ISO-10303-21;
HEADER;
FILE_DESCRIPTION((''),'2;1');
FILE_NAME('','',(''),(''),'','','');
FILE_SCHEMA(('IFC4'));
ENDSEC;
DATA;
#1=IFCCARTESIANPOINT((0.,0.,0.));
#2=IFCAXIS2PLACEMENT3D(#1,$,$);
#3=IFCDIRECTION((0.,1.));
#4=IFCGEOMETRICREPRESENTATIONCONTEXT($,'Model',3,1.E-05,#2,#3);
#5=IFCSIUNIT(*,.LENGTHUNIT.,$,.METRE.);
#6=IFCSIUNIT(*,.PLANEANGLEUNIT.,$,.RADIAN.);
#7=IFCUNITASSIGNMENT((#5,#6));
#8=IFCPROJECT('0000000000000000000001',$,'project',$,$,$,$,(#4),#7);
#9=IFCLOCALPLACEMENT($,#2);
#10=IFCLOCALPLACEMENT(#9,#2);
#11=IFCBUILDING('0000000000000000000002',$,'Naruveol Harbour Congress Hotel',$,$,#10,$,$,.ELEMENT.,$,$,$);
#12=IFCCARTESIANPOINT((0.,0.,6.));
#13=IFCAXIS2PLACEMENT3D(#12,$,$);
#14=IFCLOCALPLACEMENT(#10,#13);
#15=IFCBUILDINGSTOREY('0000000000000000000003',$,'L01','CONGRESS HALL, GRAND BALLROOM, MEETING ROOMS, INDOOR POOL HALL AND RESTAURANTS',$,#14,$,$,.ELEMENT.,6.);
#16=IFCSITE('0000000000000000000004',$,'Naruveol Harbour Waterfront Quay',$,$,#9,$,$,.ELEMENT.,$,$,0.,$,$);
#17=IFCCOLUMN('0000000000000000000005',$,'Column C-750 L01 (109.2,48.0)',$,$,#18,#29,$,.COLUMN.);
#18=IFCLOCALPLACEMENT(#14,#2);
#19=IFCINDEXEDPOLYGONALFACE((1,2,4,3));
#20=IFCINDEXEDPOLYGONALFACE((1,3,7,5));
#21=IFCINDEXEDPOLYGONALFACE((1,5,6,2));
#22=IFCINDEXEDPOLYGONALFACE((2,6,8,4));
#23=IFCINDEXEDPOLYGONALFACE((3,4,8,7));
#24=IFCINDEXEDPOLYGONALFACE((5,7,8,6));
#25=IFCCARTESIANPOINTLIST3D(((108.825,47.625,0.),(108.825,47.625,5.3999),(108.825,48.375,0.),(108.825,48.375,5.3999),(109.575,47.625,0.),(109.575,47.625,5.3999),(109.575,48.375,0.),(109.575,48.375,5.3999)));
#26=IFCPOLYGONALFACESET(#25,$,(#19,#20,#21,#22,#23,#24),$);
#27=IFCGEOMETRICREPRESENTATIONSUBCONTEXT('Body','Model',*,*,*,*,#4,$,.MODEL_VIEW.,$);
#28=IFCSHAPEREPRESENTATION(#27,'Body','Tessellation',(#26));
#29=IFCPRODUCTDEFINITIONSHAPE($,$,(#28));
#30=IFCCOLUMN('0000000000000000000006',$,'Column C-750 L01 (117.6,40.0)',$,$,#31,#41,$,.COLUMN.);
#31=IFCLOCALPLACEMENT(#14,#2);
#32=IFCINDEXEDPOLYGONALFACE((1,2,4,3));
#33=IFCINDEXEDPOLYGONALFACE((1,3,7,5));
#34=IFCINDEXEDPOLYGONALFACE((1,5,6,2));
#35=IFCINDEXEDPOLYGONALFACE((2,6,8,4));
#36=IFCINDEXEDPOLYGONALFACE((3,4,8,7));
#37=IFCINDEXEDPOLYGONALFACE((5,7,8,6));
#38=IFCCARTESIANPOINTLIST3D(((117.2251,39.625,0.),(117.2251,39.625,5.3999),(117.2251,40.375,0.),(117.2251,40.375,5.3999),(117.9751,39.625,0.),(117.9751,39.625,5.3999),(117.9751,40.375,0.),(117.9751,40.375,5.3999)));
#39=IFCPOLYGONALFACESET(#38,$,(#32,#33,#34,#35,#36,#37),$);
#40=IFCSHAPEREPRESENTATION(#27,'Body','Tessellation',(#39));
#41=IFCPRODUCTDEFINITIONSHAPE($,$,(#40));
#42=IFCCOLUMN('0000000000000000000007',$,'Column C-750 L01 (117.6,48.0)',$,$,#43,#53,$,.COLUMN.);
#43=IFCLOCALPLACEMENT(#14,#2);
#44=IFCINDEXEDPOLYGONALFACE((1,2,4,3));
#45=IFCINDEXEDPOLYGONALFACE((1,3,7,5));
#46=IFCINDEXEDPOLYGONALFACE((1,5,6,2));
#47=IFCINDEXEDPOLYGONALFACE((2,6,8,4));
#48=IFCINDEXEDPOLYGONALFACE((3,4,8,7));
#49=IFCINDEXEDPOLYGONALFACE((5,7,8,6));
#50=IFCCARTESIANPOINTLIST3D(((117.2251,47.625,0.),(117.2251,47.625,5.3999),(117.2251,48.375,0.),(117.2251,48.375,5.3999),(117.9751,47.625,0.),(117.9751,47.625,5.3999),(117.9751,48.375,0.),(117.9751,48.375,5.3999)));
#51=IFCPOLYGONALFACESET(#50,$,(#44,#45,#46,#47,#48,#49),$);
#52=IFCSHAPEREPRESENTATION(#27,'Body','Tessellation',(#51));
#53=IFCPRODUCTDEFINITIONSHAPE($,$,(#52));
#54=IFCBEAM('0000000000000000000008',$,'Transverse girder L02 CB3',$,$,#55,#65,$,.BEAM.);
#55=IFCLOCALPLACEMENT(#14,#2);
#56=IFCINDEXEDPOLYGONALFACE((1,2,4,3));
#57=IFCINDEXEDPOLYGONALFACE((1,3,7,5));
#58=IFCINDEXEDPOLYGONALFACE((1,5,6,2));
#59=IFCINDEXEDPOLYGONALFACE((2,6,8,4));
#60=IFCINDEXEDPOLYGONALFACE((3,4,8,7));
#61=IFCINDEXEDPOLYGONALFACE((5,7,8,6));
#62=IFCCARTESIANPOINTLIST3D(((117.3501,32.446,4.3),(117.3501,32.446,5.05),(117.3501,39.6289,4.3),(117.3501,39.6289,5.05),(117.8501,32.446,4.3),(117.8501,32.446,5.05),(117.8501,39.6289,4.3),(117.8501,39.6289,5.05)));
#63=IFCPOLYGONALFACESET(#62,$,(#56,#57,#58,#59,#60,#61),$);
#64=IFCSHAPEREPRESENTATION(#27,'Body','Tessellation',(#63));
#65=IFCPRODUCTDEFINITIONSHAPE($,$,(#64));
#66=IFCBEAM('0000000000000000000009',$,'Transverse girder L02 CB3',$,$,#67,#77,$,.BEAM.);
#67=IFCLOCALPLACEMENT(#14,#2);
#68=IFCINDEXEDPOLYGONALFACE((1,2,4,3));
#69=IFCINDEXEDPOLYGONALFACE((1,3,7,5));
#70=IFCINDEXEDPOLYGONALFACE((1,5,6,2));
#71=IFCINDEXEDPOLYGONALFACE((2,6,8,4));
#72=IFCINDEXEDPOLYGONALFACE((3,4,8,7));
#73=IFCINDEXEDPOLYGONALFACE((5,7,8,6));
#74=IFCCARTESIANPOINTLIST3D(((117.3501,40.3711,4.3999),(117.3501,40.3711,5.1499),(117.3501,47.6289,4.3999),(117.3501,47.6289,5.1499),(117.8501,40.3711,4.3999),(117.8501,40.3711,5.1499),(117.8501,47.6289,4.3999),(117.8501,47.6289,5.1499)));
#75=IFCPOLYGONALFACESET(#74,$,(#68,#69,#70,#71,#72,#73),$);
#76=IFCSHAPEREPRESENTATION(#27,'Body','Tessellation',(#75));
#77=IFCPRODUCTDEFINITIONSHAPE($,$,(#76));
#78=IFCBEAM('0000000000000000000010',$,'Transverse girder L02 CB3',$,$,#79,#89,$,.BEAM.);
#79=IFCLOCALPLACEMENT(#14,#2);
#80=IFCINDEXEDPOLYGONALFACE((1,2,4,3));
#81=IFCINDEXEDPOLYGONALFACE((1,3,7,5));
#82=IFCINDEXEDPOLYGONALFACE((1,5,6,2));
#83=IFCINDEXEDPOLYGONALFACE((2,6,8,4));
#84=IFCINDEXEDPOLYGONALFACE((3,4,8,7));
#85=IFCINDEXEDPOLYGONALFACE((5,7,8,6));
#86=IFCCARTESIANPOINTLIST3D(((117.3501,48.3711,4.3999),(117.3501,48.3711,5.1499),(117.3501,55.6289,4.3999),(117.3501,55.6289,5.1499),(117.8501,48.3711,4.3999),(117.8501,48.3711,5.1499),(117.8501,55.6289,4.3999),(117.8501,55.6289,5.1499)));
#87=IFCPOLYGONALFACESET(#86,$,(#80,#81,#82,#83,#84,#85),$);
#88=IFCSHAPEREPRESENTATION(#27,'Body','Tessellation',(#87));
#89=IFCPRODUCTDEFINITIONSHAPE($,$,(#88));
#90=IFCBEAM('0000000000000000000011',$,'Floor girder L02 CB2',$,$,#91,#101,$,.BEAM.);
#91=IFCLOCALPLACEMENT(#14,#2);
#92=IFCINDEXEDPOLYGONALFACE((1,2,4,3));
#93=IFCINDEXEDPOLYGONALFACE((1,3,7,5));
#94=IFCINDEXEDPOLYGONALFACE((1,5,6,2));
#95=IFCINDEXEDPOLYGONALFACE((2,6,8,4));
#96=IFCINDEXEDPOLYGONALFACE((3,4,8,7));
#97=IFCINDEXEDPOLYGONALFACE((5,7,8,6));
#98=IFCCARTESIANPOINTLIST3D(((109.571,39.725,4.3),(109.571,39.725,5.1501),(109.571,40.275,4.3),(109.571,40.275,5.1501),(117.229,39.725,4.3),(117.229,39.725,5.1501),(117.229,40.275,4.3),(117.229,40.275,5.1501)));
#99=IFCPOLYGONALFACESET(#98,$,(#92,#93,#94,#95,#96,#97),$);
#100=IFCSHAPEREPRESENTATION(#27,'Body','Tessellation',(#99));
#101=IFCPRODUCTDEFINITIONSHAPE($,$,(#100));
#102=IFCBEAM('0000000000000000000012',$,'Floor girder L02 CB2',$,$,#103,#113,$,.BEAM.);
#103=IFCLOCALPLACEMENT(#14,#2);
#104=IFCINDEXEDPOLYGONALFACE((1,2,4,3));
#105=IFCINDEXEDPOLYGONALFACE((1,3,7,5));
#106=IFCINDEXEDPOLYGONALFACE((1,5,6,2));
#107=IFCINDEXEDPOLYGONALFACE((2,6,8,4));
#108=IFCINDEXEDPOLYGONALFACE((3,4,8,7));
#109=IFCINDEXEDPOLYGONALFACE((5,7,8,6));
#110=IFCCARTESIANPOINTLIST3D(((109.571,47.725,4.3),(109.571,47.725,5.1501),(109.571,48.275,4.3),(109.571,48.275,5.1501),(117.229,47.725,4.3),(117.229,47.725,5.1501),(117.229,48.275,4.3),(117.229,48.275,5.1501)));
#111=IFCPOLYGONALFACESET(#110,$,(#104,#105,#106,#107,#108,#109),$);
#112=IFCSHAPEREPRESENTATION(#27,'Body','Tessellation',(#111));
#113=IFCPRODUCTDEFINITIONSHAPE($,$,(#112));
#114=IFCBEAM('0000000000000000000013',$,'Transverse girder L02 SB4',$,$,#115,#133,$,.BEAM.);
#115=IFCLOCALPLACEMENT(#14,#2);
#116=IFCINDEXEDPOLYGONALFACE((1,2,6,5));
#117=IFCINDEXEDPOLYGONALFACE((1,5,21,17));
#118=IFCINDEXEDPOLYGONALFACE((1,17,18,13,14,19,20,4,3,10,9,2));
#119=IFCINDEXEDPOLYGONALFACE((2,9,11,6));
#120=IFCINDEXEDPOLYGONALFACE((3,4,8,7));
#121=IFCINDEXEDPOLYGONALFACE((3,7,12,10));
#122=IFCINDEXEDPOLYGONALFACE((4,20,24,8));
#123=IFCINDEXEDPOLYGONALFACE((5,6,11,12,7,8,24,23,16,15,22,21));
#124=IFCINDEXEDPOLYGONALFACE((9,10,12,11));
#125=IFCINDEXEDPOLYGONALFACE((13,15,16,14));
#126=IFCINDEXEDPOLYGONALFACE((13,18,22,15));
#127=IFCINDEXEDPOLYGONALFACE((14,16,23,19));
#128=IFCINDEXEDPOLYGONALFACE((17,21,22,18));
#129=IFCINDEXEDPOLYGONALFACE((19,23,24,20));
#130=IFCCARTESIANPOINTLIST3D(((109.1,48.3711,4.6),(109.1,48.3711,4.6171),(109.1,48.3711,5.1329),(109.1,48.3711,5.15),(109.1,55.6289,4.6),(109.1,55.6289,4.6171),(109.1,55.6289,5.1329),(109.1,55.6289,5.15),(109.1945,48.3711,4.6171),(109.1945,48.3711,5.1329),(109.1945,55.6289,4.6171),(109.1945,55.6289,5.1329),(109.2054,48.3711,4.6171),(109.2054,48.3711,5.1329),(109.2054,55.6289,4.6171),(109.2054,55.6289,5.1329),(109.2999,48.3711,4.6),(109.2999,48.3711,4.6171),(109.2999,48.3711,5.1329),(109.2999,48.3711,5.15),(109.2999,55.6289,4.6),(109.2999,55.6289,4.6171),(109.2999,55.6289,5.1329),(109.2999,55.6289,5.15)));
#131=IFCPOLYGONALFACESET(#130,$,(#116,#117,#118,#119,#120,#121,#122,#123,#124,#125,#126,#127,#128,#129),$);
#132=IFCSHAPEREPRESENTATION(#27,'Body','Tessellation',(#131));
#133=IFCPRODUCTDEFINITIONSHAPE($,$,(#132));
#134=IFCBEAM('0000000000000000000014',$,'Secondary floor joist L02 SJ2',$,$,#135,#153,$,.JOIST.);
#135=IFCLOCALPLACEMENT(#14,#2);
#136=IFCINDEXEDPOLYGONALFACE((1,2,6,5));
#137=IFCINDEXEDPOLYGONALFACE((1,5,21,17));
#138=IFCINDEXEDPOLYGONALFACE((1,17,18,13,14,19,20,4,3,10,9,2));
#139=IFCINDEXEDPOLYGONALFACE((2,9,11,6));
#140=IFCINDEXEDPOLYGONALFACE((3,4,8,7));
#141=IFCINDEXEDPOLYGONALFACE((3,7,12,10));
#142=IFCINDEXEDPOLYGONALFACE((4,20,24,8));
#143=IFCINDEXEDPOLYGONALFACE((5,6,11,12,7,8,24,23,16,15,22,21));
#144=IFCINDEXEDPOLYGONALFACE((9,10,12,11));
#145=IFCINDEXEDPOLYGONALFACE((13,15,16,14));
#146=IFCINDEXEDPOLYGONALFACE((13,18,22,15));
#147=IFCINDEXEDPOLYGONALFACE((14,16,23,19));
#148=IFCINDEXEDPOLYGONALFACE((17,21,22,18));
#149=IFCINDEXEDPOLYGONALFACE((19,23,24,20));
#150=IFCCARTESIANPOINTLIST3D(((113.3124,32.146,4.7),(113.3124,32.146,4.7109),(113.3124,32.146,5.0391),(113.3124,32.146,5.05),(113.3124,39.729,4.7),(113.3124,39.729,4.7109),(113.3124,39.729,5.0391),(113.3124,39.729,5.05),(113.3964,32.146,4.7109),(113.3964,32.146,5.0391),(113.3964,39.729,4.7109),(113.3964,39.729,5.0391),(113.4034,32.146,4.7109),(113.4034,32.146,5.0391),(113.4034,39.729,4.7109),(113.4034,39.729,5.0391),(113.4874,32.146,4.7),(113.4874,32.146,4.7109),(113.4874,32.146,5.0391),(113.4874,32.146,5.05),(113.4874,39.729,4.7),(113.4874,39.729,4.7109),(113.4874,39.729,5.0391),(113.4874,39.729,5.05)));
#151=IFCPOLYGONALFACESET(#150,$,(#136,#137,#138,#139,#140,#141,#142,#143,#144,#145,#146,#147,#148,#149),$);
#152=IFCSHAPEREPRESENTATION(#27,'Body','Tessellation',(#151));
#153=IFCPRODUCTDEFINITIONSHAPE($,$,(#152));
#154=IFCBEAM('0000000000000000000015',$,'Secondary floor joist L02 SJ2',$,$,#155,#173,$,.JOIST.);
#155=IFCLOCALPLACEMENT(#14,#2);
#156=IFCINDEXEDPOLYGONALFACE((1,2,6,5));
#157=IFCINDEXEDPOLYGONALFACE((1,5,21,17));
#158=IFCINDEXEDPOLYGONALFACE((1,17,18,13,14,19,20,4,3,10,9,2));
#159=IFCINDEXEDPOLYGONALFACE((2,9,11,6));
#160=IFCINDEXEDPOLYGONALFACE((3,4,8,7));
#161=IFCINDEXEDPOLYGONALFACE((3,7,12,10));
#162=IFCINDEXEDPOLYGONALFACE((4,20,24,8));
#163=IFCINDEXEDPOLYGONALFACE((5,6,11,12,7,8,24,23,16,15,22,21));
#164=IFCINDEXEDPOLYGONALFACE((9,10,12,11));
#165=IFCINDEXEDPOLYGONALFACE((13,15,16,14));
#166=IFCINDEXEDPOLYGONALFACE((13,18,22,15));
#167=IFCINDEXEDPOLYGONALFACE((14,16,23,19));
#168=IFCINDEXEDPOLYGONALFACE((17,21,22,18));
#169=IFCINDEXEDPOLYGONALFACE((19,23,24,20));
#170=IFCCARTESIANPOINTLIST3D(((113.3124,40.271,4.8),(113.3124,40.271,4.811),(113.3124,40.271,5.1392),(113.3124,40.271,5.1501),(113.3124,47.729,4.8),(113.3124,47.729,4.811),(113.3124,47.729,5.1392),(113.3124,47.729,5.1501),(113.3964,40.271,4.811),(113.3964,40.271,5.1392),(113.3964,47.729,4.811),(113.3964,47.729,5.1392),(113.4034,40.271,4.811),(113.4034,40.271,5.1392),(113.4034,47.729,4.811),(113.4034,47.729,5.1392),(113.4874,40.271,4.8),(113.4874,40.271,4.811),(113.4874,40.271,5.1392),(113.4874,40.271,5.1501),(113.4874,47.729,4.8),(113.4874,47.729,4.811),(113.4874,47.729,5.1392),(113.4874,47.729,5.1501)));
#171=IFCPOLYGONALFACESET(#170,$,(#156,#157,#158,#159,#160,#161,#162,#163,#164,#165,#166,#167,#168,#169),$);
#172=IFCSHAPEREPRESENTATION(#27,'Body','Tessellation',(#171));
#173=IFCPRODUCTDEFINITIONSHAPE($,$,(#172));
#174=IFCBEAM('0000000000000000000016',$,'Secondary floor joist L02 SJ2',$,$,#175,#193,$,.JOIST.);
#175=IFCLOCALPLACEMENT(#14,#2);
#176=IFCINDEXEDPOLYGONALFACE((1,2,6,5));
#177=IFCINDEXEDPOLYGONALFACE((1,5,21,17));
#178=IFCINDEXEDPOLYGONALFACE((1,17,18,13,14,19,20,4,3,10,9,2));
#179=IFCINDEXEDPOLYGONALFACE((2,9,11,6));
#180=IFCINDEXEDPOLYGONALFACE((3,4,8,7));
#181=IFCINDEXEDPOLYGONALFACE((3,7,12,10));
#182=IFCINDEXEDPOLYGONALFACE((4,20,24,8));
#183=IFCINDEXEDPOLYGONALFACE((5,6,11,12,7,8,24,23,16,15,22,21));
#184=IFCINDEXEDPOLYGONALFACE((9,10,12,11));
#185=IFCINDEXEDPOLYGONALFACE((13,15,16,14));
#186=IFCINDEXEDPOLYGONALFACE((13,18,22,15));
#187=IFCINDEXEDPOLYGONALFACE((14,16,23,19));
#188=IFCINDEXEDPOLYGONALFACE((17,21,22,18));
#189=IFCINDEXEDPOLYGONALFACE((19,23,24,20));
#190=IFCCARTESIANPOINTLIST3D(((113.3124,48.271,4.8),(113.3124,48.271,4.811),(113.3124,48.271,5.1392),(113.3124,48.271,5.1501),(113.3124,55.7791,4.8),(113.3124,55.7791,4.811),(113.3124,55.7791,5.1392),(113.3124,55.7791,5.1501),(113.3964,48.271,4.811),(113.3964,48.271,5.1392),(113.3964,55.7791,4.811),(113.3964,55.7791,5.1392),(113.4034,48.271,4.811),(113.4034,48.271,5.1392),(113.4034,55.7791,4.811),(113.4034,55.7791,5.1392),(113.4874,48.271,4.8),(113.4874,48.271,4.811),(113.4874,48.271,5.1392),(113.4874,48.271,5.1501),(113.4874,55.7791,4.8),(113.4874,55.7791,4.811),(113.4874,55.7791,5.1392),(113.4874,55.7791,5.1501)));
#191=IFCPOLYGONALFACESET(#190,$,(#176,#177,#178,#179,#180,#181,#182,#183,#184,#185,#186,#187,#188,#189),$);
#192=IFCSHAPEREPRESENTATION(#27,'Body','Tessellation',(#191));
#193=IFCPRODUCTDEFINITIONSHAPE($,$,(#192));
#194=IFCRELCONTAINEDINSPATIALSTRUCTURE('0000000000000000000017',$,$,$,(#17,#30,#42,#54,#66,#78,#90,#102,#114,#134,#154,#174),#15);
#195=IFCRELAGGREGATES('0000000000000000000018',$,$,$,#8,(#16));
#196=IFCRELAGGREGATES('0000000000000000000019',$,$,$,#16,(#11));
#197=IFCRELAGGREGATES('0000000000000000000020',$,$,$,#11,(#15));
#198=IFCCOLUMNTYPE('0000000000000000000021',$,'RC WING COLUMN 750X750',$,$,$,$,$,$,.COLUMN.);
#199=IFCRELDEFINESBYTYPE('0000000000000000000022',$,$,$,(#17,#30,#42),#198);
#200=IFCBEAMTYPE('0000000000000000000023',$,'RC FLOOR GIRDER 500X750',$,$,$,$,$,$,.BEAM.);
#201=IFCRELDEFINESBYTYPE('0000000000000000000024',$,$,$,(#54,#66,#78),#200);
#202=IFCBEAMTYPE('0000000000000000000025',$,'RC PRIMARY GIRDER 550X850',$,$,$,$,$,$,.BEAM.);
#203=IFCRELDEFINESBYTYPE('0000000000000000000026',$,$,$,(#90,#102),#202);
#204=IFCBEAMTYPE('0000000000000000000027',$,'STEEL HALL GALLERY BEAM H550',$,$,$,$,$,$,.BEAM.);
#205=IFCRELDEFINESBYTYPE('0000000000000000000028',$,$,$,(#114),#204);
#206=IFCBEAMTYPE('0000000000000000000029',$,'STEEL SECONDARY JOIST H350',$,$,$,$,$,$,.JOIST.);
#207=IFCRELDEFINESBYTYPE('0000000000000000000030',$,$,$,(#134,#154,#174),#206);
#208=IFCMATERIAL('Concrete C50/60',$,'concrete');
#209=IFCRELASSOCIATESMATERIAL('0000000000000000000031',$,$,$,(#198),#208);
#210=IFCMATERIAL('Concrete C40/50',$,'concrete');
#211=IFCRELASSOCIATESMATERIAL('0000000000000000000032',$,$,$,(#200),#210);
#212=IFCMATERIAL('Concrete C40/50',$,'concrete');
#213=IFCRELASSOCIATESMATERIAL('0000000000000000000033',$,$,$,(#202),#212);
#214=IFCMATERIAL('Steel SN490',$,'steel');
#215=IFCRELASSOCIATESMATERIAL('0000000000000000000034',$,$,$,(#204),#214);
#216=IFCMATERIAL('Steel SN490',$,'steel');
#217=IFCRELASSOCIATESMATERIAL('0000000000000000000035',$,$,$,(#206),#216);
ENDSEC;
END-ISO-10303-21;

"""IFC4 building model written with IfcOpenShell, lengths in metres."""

from ifc_helpers import new_model, si_unit, direction, frame, origin, origin_2d, place, context, subcontext, project, spatial, rectangle, i_section, extrude, material, material_profile, profile_set, type_object, element, save


model = new_model("IFC4")

# Units and contexts
model_context = context("Model", 3, precision=1e-05, world=origin(), true_north=direction((0.0, 1.0)))
body_context = subcontext(model_context, "Body", "Model", "MODEL_VIEW")
ifc_project = project(units=[si_unit("LENGTHUNIT", "METRE"), si_unit("PLANEANGLEUNIT", "RADIAN")], contexts=[model_context])

# Site, building, storey
site_placement = place(None, origin())
site = spatial("IfcSite", under=ifc_project, at=site_placement, Name="Naruveol Harbour Waterfront Quay", CompositionType="ELEMENT", RefElevation=0.0)
building_placement = place(site_placement, origin())
building = spatial("IfcBuilding", under=site, at=building_placement, Name="Naruveol Harbour Congress Hotel", CompositionType="ELEMENT")
storey_placement = place(building_placement, frame((0.0, 0.0, 6.0)))
storey = spatial("IfcBuildingStorey", under=building, at=storey_placement, Name="L01", Description="CONGRESS HALL, GRAND BALLROOM, MEETING ROOMS, INDOOR POOL HALL AND RESTAURANTS", CompositionType="ELEMENT", Elevation=6.0)

# Columns
ifc_material_1 = material(Name="Concrete C50/60", Category="concrete")
ifc_material_profile_1 = material_profile(ifc_material_1, rectangle(XDim=0.75, YDim=0.75, at=origin_2d()), Name="RC-750x750")
ifc_profile_set_1 = profile_set([ifc_material_profile_1], Name="Concrete C50/60")
column_type = type_object("IfcColumnType", Name="RC WING COLUMN 750X750", PredefinedType="COLUMN", material=ifc_profile_set_1)
for number, where, z_axis, x_axis, name in (
    (1, (109.2, 48.0, 0.0), (0.0, 0.0, 1.0), (1.0, 0.0, 0.0), "Column C-750 L01 (109.2,48.0)"),
    (2, (117.6001, 40.0, 0.0), (0.0, 0.0, 1.0), (1.0, 0.0, 0.0), "Column C-750 L01 (117.6,40.0)"),
    (3, (117.6001, 48.0, 0.0), (0.0, 0.0, 1.0), (1.0, 0.0, 0.0), "Column C-750 L01 (117.6,48.0)"),
):
    element("IfcColumn", number, at=place(storey_placement, frame(where, z_axis=z_axis, x_axis=x_axis)), inside=storey, type_object=column_type, Name=name, PredefinedType="COLUMN", context=body_context, shape_type="SweptSolid", body=[
        extrude(rectangle(XDim=0.75, YDim=0.75, at=origin_2d()), origin(), (0.0, 0.0, 1.0), 5.3999),
    ])

# Beams
ifc_material_2 = material(Name="Concrete C40/50", Category="concrete")
ifc_material_profile_2 = material_profile(ifc_material_2, rectangle(XDim=0.5, YDim=0.75, at=origin_2d()), Name="RCB-500x750")
ifc_profile_set_2 = profile_set([ifc_material_profile_2], Name="Concrete C40/50")
beam_type_1 = type_object("IfcBeamType", Name="RC FLOOR GIRDER 500X750", PredefinedType="BEAM", material=ifc_profile_set_2)
beam_1_placement = place(storey_placement, frame((117.6001, 32.446, 4.675), z_axis=(0.0, 1.0, 0.0), x_axis=(-1.0, 0.0, 0.0)))
element("IfcBeam", 4, at=beam_1_placement, inside=storey, type_object=beam_type_1, Name="Transverse girder L02 CB3", PredefinedType="BEAM", context=body_context, shape_type="SweptSolid", body=[
    extrude(rectangle(XDim=0.5, YDim=0.75, at=origin_2d()), origin(), (0.0, 0.0, 1.0), 7.1829),
])
for number, where, z_axis, x_axis, name in (
    (5, (117.6001, 40.3711, 4.7749), (0.0, 1.0, 0.0), (-1.0, 0.0, 0.0), "Transverse girder L02 CB3"),
    (6, (117.6001, 48.3711, 4.7749), (0.0, 1.0, 0.0), (-1.0, 0.0, 0.0), "Transverse girder L02 CB3"),
):
    element("IfcBeam", number, at=place(storey_placement, frame(where, z_axis=z_axis, x_axis=x_axis)), inside=storey, type_object=beam_type_1, Name=name, PredefinedType="BEAM", context=body_context, shape_type="SweptSolid", body=[
        extrude(rectangle(XDim=0.5, YDim=0.75, at=origin_2d()), origin(), (0.0, 0.0, 1.0), 7.2578),
    ])
ifc_material_3 = material(Name="Concrete C40/50", Category="concrete")
ifc_material_profile_3 = material_profile(ifc_material_3, rectangle(XDim=0.55, YDim=0.8501, at=origin_2d()), Name="RCB-550x850")
ifc_profile_set_3 = profile_set([ifc_material_profile_3], Name="Concrete C40/50")
beam_type_2 = type_object("IfcBeamType", Name="RC PRIMARY GIRDER 550X850", PredefinedType="BEAM", material=ifc_profile_set_3)
for number, where, z_axis, x_axis, name in (
    (7, (109.571, 40.0, 4.7251), (1.0, 0.0, 0.0), (0.0, 1.0, 0.0), "Floor girder L02 CB2"),
    (8, (109.571, 48.0, 4.7251), (1.0, 0.0, 0.0), (0.0, 1.0, 0.0), "Floor girder L02 CB2"),
):
    element("IfcBeam", number, at=place(storey_placement, frame(where, z_axis=z_axis, x_axis=x_axis)), inside=storey, type_object=beam_type_2, Name=name, PredefinedType="BEAM", context=body_context, shape_type="SweptSolid", body=[
        extrude(rectangle(XDim=0.55, YDim=0.8501, at=origin_2d()), origin(), (0.0, 0.0, 1.0), 7.658),
    ])
ifc_material_4 = material(Name="Steel SN490", Category="steel")
ifc_material_profile_4 = material_profile(ifc_material_4, i_section(OverallWidth=0.2, OverallDepth=0.55, WebThickness=0.011, FlangeThickness=0.0171, at=origin_2d()), Name="H-550x200x11x17")
ifc_profile_set_4 = profile_set([ifc_material_profile_4], Name="Steel SN490")
beam_type_3 = type_object("IfcBeamType", Name="STEEL HALL GALLERY BEAM H550", PredefinedType="BEAM", material=ifc_profile_set_4)
beam_2_placement = place(storey_placement, frame((109.2, 48.3711, 4.875), z_axis=(0.0, 1.0, 0.0), x_axis=(-1.0, 0.0, 0.0)))
element("IfcBeam", 9, at=beam_2_placement, inside=storey, type_object=beam_type_3, Name="Transverse girder L02 SB4", PredefinedType="BEAM", context=body_context, shape_type="SweptSolid", body=[
    extrude(i_section(OverallWidth=0.2, OverallDepth=0.55, WebThickness=0.011, FlangeThickness=0.0171, at=origin_2d()), origin(), (0.0, 0.0, 1.0), 7.2578),
])
ifc_material_5 = material(Name="Steel SN490", Category="steel")
ifc_material_profile_5 = material_profile(ifc_material_5, i_section(OverallWidth=0.175, OverallDepth=0.3501, WebThickness=0.0071, FlangeThickness=0.011, at=origin_2d()), Name="H-350x175x7x11")
ifc_profile_set_5 = profile_set([ifc_material_profile_5], Name="Steel SN490")
beam_type_4 = type_object("IfcBeamType", Name="STEEL SECONDARY JOIST H350", PredefinedType="JOIST", material=ifc_profile_set_5)
beam_3_placement = place(storey_placement, frame((113.3999, 32.146, 4.875), z_axis=(0.0, 1.0, 0.0), x_axis=(-1.0, 0.0, 0.0)))
element("IfcBeam", 10, at=beam_3_placement, inside=storey, type_object=beam_type_4, Name="Secondary floor joist L02 SJ2", PredefinedType="JOIST", context=body_context, shape_type="SweptSolid", body=[
    extrude(i_section(OverallWidth=0.175, OverallDepth=0.3501, WebThickness=0.0071, FlangeThickness=0.011, at=origin_2d()), origin(), (0.0, 0.0, 1.0), 7.583),
])
beam_4_placement = place(storey_placement, frame((113.3999, 40.271, 4.9751), z_axis=(0.0, 1.0, 0.0), x_axis=(-1.0, 0.0, 0.0)))
element("IfcBeam", 11, at=beam_4_placement, inside=storey, type_object=beam_type_4, Name="Secondary floor joist L02 SJ2", PredefinedType="JOIST", context=body_context, shape_type="SweptSolid", body=[
    extrude(i_section(OverallWidth=0.175, OverallDepth=0.3501, WebThickness=0.0071, FlangeThickness=0.011, at=origin_2d()), origin(), (0.0, 0.0, 1.0), 7.458),
])
beam_5_placement = place(storey_placement, frame((113.3999, 48.271, 4.9751), z_axis=(0.0, 1.0, 0.0), x_axis=(-1.0, 0.0, 0.0)))
element("IfcBeam", 12, at=beam_5_placement, inside=storey, type_object=beam_type_4, Name="Secondary floor joist L02 SJ2", PredefinedType="JOIST", context=body_context, shape_type="SweptSolid", body=[
    extrude(i_section(OverallWidth=0.175, OverallDepth=0.3501, WebThickness=0.0071, FlangeThickness=0.011, at=origin_2d()), origin(), (0.0, 0.0, 1.0), 7.5081),
])

save(model, "model.ifc")
